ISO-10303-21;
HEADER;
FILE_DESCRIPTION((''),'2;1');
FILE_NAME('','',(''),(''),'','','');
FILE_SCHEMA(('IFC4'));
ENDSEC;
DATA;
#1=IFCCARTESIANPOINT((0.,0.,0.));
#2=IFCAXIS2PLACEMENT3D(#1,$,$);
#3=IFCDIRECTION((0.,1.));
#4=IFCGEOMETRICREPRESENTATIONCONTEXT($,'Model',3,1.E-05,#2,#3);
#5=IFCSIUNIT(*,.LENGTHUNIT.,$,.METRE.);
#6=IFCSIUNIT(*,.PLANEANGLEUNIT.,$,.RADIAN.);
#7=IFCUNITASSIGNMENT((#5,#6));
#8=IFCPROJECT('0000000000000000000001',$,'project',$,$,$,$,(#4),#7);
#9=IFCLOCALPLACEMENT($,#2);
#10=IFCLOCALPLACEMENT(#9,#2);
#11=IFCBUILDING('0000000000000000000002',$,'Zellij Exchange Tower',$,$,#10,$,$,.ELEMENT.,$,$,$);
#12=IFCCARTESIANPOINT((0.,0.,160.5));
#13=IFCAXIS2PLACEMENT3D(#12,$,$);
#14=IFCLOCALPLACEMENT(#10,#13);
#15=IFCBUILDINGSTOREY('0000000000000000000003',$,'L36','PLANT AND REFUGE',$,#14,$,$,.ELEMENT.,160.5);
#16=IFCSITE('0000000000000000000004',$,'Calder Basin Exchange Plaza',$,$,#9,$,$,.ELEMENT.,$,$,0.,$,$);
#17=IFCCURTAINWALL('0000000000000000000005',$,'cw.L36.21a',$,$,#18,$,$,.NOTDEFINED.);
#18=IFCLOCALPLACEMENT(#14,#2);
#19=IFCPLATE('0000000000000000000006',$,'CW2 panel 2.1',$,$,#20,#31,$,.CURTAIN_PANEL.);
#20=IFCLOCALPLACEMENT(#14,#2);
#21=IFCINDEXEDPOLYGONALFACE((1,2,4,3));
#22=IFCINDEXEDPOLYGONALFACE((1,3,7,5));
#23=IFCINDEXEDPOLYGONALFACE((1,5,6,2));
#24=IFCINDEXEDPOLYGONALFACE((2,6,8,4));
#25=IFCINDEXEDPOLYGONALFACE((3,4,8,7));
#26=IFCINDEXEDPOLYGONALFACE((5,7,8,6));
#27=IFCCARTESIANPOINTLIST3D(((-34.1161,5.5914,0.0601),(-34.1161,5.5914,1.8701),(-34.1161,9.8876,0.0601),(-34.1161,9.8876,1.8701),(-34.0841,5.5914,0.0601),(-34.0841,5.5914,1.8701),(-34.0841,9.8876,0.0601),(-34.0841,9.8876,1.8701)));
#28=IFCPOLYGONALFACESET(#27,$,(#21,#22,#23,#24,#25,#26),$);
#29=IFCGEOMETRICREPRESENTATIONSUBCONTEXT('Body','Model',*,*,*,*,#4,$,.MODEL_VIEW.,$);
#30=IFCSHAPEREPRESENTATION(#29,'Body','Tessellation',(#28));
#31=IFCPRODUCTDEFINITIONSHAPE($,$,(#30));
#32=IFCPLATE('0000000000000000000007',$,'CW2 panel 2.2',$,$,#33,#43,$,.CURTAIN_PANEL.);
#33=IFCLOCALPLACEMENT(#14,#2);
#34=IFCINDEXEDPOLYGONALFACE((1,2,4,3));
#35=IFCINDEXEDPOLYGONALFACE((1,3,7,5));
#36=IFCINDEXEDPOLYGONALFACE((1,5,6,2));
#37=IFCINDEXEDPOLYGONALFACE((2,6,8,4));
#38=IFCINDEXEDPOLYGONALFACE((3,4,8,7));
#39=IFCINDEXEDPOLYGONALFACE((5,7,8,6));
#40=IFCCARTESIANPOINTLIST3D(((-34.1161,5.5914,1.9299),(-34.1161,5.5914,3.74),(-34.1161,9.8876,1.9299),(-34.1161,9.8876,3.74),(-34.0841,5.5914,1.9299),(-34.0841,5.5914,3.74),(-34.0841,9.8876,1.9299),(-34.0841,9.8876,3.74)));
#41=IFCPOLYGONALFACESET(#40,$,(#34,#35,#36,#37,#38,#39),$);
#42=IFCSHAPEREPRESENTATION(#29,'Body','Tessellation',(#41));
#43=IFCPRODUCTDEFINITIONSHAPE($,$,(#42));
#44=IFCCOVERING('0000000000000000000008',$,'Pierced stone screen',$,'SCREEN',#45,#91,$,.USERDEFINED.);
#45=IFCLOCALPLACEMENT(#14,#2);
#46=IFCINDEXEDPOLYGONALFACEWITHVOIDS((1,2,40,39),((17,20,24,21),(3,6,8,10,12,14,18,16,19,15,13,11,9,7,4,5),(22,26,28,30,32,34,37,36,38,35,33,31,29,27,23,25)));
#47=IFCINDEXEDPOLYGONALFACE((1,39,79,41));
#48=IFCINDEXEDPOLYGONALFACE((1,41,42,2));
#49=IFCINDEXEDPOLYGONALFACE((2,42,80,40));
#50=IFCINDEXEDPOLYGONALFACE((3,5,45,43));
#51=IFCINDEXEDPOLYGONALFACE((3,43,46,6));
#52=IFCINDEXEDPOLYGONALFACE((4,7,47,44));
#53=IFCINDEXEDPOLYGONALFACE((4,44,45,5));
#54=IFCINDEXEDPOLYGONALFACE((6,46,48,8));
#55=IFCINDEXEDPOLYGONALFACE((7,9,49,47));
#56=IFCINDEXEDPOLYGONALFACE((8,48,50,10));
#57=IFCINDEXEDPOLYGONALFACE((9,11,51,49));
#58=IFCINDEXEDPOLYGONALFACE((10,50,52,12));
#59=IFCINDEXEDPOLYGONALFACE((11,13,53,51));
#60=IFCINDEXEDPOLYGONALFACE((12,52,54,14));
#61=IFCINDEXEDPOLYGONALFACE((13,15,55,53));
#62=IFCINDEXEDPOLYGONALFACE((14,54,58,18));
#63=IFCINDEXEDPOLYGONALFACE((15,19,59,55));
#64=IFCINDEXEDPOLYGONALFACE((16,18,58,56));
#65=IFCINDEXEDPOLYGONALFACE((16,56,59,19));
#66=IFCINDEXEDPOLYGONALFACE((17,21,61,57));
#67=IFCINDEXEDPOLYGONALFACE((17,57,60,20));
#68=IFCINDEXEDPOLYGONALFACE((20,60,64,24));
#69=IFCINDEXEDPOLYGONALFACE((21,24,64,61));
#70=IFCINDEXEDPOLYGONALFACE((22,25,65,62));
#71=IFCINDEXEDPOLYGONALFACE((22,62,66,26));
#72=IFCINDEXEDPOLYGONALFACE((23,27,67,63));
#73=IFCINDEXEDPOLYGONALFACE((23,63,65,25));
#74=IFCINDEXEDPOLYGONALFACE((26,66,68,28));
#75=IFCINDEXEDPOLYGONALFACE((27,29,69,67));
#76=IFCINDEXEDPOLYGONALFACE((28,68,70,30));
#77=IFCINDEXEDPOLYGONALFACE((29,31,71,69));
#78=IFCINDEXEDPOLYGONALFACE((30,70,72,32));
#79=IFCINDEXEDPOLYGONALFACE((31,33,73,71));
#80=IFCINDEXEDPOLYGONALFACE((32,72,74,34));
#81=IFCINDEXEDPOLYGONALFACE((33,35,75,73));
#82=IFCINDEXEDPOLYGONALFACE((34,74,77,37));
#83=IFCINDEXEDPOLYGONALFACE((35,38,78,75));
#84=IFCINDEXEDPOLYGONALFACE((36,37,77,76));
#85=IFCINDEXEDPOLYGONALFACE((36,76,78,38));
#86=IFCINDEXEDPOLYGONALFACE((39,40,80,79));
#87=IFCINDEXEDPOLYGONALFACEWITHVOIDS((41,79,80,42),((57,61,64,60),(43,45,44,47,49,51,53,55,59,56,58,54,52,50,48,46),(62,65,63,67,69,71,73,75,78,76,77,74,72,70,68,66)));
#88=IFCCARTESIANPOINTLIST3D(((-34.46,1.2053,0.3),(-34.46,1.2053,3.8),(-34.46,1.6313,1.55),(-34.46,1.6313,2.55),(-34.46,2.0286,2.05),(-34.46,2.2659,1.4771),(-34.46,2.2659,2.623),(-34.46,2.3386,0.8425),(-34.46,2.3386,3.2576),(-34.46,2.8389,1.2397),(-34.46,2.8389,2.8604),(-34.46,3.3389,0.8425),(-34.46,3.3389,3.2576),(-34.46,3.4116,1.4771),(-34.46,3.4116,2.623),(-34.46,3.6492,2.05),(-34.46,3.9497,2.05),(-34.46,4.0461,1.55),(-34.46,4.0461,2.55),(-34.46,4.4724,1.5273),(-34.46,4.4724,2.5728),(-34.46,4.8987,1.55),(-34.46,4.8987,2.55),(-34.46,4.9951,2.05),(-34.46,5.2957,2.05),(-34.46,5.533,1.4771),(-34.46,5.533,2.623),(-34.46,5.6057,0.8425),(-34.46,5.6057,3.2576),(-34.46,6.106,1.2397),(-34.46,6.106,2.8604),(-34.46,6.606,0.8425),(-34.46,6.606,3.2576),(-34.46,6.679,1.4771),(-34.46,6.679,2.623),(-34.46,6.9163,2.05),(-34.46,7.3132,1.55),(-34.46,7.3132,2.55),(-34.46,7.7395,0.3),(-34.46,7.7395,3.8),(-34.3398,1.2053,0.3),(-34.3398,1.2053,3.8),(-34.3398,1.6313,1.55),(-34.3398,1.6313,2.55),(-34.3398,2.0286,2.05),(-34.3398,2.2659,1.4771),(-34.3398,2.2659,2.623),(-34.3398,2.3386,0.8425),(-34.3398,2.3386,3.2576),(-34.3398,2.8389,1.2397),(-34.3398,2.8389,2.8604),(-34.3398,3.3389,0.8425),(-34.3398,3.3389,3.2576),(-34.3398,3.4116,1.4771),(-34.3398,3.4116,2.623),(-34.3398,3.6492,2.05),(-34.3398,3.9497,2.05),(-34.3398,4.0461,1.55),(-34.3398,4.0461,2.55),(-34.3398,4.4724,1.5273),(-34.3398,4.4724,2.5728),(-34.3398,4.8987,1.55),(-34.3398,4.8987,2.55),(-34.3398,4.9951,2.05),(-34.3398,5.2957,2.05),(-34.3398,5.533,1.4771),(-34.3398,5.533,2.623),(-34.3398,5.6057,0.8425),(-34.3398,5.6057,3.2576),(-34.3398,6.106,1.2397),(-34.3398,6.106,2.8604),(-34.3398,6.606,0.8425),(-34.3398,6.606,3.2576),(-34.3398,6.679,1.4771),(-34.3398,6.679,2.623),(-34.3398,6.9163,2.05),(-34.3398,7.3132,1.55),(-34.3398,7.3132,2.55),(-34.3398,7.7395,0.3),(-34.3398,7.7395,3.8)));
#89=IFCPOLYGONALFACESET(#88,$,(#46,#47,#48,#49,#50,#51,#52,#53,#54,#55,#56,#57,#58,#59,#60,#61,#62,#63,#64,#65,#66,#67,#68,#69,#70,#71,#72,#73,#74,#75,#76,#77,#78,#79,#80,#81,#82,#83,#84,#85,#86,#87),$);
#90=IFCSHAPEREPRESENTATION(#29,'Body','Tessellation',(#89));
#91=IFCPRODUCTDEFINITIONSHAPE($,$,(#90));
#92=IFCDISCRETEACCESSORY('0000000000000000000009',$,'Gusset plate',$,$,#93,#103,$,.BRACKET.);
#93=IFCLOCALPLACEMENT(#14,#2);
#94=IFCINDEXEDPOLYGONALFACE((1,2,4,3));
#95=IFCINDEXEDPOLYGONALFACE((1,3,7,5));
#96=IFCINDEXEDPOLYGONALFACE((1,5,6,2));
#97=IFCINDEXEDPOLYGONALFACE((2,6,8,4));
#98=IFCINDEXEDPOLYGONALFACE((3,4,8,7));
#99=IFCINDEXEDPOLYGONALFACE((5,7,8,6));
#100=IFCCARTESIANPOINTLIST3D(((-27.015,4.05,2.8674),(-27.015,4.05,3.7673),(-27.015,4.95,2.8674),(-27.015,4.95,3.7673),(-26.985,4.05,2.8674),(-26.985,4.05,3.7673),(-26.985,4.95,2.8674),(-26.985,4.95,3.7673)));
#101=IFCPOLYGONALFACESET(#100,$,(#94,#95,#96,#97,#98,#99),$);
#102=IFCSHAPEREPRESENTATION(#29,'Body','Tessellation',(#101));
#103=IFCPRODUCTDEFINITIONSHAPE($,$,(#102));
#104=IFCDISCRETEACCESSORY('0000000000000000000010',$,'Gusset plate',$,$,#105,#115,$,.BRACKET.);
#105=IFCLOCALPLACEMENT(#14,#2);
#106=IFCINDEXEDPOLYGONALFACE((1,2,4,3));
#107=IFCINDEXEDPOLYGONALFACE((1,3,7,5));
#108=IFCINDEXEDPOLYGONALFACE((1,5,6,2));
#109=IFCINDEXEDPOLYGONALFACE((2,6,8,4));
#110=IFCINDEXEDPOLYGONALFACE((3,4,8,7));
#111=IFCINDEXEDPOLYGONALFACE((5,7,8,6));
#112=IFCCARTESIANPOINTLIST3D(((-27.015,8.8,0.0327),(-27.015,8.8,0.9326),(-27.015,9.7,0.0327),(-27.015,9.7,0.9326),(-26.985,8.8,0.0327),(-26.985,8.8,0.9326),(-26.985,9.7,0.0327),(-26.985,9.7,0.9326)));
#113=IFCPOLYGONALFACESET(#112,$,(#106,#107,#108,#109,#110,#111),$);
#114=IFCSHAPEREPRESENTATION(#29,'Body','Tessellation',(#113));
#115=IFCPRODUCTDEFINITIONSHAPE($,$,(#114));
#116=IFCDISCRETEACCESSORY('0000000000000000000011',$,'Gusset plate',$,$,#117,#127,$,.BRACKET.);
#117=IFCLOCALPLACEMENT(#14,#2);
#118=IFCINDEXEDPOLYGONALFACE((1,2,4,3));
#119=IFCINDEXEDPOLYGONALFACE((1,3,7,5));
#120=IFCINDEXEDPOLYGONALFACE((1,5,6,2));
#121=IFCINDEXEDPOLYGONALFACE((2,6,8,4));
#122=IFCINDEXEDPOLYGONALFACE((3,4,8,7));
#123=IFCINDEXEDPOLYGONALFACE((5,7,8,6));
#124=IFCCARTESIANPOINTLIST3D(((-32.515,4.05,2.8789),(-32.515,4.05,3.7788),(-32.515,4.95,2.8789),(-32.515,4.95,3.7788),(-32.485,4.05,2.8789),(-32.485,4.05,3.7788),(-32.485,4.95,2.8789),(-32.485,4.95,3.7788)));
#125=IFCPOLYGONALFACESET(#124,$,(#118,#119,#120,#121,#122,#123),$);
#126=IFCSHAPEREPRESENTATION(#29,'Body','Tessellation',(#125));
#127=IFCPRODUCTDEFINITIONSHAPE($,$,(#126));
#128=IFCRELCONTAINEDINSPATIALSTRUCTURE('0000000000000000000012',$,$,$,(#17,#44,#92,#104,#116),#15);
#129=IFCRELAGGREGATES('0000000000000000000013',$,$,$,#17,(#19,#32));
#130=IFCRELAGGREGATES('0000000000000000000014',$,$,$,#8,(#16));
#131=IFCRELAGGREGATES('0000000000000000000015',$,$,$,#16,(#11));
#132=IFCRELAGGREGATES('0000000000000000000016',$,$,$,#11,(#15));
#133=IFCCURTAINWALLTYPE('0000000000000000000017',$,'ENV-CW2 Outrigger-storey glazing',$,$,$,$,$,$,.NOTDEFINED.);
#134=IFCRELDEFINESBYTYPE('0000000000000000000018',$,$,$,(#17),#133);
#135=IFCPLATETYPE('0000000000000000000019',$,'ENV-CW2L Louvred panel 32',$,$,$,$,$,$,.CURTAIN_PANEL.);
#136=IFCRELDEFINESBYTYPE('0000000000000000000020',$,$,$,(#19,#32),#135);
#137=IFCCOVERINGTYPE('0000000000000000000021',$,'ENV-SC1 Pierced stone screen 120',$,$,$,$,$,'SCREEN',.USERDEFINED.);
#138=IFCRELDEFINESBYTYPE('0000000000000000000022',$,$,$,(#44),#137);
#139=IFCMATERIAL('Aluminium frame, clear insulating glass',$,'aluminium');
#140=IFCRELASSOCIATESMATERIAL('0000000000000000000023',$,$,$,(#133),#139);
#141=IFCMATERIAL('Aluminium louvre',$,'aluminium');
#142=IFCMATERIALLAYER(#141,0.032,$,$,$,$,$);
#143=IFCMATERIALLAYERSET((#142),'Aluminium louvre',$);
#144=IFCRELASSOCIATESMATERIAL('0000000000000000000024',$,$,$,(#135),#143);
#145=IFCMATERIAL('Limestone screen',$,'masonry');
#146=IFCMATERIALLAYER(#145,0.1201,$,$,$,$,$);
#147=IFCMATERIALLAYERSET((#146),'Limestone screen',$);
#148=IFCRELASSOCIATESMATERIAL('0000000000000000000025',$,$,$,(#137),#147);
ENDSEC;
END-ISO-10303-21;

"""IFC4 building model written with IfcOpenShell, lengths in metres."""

from ifc_helpers import new_model, si_unit, direction, frame, origin, origin_2d, place, context, subcontext, project, spatial, polyline, rectangle, outline, extrude, material, layer, layer_set, type_object, element, aggregate, save


model = new_model("IFC4")

# Units and contexts
model_context = context("Model", 3, precision=1e-05, world=origin(), true_north=direction((0.0, 1.0)))
body_context = subcontext(model_context, "Body", "Model", "MODEL_VIEW")
ifc_project = project(units=[si_unit("LENGTHUNIT", "METRE"), si_unit("PLANEANGLEUNIT", "RADIAN")], contexts=[model_context])

# Site, building, storey
site_placement = place(None, origin())
site = spatial("IfcSite", under=ifc_project, at=site_placement, Name="Calder Basin Exchange Plaza", CompositionType="ELEMENT", RefElevation=0.0)
building_placement = place(site_placement, origin())
building = spatial("IfcBuilding", under=site, at=building_placement, Name="Zellij Exchange Tower", CompositionType="ELEMENT")
storey_placement = place(building_placement, frame((0.0, 0.0, 160.5)))
storey = spatial("IfcBuildingStorey", under=building, at=storey_placement, Name="L36", Description="PLANT AND REFUGE", CompositionType="ELEMENT", Elevation=160.5)

# Curtain wall
ifc_material_1 = material(Name="Aluminium frame, clear insulating glass", Category="aluminium")
curtain_wall_type = type_object("IfcCurtainWallType", Name="ENV-CW2 Outrigger-storey glazing", PredefinedType="NOTDEFINED", material=ifc_material_1)
curtain_wall_placement = place(storey_placement, origin())
curtain_wall = element("IfcCurtainWall", 1, at=curtain_wall_placement, inside=storey, type_object=curtain_wall_type, Name="cw.L36.21a", PredefinedType="NOTDEFINED")

# Plates
ifc_material_2 = material(Name="Aluminium louvre", Category="aluminium")
ifc_layer_1 = layer(ifc_material_2, 0.032)
ifc_layer_set_1 = layer_set([ifc_layer_1], Name="Aluminium louvre")
plate_type = type_object("IfcPlateType", Name="ENV-CW2L Louvred panel 32", PredefinedType="CURTAIN_PANEL", material=ifc_layer_set_1)
plate_1_placement = place(storey_placement, frame((-34.1001, 7.7395, 0.0601), z_axis=(0.0, 0.0, 1.0), x_axis=(0.0, -1.0, 0.0)))
plate_1 = element("IfcPlate", 2, at=plate_1_placement, type_object=plate_type, Name="CW2 panel 2.1", PredefinedType="CURTAIN_PANEL", context=body_context, shape_type="SweptSolid", body=[
    extrude(rectangle(XDim=4.2961, YDim=0.032, at=origin_2d()), origin(), (0.0, 0.0, 1.0), 1.8101),
])
plate_2_placement = place(storey_placement, frame((-34.1001, 7.7395, 1.9299), z_axis=(0.0, 0.0, 1.0), x_axis=(0.0, -1.0, 0.0)))
plate_2 = element("IfcPlate", 3, at=plate_2_placement, type_object=plate_type, Name="CW2 panel 2.2", PredefinedType="CURTAIN_PANEL", context=body_context, shape_type="SweptSolid", body=[
    extrude(rectangle(XDim=4.2961, YDim=0.032, at=origin_2d()), origin(), (0.0, 0.0, 1.0), 1.8101),
])
aggregate(curtain_wall, [plate_1, plate_2])

# Covering
ifc_material_3 = material(Name="Limestone screen", Category="masonry")
ifc_layer_2 = layer(ifc_material_3, 0.1201)
ifc_layer_set_2 = layer_set([ifc_layer_2], Name="Limestone screen")
covering_type = type_object("IfcCoveringType", Name="ENV-SC1 Pierced stone screen 120", ElementType="SCREEN", PredefinedType="USERDEFINED", material=ifc_layer_set_2)
covering_placement = place(storey_placement, frame((-34.3999, 7.7395, 0.3), z_axis=(0.0, 0.0, 1.0), x_axis=(0.0, -1.0, 0.0)))
element("IfcCovering", 4, at=covering_placement, inside=storey, type_object=covering_type, Name="Pierced stone screen", ObjectType="SCREEN", PredefinedType="USERDEFINED", context=body_context, shape_type="SweptSolid", body=[
    extrude(outline(polyline([(0.0, 0.0), (6.5342, 0.0), (6.5342, 3.5), (0.0, 3.5), (0.0, 0.0)]), holes=[polyline([(2.8408, 2.25), (2.2065, 2.323), (2.1338, 2.9575), (1.6335, 2.5603), (1.1335, 2.9575), (1.0605, 2.323), (0.4263, 2.25), (0.8232, 1.75), (0.4263, 1.25), (1.0605, 1.177), (1.1335, 0.5425), (1.6335, 0.9397), (2.1338, 0.5425), (2.2065, 1.177), (2.8408, 1.25), (2.4438, 1.75), (2.8408, 2.25)]), polyline([(6.1082, 2.25), (5.4736, 2.323), (5.4009, 2.9575), (4.9006, 2.5603), (4.4006, 2.9575), (4.3279, 2.323), (3.6934, 2.25), (4.0903, 1.75), (3.6934, 1.25), (4.3279, 1.177), (4.4006, 0.5425), (4.9006, 0.9397), (5.4009, 0.5425), (5.4736, 1.177), (6.1082, 1.25), (5.7109, 1.75), (6.1082, 2.25)]), polyline([(3.7898, 1.75), (3.2671, 2.2727), (2.7444, 1.75), (3.2671, 1.2273), (3.7898, 1.75)])]), frame((0.0, 0.0601, 0.0), z_axis=(0.0, -1.0, 0.0), x_axis=(1.0, 0.0, 0.0)), (0.0, 0.0, 1.0), 0.1201),
])

# Discrete accessories
for number, where, z_axis, x_axis, name in (
    (5, (-27.0, 4.5, 2.8674), (0.0, 0.0, 1.0), (0.0, 1.0, 0.0), "Gusset plate"),
    (6, (-27.0, 9.25, 0.0327), (0.0, 0.0, 1.0), (0.0, 1.0, 0.0), "Gusset plate"),
    (7, (-32.5, 4.5, 2.8789), (0.0, 0.0, 1.0), (0.0, 1.0, 0.0), "Gusset plate"),
):
    element("IfcDiscreteAccessory", number, at=place(storey_placement, frame(where, z_axis=z_axis, x_axis=x_axis)), inside=storey, Name=name, PredefinedType="BRACKET", context=body_context, shape_type="SweptSolid", body=[
        extrude(rectangle(XDim=0.8999, YDim=0.03, at=origin_2d()), origin(), (0.0, 0.0, 1.0), 0.8999),
    ])

save(model, "model.ifc")
